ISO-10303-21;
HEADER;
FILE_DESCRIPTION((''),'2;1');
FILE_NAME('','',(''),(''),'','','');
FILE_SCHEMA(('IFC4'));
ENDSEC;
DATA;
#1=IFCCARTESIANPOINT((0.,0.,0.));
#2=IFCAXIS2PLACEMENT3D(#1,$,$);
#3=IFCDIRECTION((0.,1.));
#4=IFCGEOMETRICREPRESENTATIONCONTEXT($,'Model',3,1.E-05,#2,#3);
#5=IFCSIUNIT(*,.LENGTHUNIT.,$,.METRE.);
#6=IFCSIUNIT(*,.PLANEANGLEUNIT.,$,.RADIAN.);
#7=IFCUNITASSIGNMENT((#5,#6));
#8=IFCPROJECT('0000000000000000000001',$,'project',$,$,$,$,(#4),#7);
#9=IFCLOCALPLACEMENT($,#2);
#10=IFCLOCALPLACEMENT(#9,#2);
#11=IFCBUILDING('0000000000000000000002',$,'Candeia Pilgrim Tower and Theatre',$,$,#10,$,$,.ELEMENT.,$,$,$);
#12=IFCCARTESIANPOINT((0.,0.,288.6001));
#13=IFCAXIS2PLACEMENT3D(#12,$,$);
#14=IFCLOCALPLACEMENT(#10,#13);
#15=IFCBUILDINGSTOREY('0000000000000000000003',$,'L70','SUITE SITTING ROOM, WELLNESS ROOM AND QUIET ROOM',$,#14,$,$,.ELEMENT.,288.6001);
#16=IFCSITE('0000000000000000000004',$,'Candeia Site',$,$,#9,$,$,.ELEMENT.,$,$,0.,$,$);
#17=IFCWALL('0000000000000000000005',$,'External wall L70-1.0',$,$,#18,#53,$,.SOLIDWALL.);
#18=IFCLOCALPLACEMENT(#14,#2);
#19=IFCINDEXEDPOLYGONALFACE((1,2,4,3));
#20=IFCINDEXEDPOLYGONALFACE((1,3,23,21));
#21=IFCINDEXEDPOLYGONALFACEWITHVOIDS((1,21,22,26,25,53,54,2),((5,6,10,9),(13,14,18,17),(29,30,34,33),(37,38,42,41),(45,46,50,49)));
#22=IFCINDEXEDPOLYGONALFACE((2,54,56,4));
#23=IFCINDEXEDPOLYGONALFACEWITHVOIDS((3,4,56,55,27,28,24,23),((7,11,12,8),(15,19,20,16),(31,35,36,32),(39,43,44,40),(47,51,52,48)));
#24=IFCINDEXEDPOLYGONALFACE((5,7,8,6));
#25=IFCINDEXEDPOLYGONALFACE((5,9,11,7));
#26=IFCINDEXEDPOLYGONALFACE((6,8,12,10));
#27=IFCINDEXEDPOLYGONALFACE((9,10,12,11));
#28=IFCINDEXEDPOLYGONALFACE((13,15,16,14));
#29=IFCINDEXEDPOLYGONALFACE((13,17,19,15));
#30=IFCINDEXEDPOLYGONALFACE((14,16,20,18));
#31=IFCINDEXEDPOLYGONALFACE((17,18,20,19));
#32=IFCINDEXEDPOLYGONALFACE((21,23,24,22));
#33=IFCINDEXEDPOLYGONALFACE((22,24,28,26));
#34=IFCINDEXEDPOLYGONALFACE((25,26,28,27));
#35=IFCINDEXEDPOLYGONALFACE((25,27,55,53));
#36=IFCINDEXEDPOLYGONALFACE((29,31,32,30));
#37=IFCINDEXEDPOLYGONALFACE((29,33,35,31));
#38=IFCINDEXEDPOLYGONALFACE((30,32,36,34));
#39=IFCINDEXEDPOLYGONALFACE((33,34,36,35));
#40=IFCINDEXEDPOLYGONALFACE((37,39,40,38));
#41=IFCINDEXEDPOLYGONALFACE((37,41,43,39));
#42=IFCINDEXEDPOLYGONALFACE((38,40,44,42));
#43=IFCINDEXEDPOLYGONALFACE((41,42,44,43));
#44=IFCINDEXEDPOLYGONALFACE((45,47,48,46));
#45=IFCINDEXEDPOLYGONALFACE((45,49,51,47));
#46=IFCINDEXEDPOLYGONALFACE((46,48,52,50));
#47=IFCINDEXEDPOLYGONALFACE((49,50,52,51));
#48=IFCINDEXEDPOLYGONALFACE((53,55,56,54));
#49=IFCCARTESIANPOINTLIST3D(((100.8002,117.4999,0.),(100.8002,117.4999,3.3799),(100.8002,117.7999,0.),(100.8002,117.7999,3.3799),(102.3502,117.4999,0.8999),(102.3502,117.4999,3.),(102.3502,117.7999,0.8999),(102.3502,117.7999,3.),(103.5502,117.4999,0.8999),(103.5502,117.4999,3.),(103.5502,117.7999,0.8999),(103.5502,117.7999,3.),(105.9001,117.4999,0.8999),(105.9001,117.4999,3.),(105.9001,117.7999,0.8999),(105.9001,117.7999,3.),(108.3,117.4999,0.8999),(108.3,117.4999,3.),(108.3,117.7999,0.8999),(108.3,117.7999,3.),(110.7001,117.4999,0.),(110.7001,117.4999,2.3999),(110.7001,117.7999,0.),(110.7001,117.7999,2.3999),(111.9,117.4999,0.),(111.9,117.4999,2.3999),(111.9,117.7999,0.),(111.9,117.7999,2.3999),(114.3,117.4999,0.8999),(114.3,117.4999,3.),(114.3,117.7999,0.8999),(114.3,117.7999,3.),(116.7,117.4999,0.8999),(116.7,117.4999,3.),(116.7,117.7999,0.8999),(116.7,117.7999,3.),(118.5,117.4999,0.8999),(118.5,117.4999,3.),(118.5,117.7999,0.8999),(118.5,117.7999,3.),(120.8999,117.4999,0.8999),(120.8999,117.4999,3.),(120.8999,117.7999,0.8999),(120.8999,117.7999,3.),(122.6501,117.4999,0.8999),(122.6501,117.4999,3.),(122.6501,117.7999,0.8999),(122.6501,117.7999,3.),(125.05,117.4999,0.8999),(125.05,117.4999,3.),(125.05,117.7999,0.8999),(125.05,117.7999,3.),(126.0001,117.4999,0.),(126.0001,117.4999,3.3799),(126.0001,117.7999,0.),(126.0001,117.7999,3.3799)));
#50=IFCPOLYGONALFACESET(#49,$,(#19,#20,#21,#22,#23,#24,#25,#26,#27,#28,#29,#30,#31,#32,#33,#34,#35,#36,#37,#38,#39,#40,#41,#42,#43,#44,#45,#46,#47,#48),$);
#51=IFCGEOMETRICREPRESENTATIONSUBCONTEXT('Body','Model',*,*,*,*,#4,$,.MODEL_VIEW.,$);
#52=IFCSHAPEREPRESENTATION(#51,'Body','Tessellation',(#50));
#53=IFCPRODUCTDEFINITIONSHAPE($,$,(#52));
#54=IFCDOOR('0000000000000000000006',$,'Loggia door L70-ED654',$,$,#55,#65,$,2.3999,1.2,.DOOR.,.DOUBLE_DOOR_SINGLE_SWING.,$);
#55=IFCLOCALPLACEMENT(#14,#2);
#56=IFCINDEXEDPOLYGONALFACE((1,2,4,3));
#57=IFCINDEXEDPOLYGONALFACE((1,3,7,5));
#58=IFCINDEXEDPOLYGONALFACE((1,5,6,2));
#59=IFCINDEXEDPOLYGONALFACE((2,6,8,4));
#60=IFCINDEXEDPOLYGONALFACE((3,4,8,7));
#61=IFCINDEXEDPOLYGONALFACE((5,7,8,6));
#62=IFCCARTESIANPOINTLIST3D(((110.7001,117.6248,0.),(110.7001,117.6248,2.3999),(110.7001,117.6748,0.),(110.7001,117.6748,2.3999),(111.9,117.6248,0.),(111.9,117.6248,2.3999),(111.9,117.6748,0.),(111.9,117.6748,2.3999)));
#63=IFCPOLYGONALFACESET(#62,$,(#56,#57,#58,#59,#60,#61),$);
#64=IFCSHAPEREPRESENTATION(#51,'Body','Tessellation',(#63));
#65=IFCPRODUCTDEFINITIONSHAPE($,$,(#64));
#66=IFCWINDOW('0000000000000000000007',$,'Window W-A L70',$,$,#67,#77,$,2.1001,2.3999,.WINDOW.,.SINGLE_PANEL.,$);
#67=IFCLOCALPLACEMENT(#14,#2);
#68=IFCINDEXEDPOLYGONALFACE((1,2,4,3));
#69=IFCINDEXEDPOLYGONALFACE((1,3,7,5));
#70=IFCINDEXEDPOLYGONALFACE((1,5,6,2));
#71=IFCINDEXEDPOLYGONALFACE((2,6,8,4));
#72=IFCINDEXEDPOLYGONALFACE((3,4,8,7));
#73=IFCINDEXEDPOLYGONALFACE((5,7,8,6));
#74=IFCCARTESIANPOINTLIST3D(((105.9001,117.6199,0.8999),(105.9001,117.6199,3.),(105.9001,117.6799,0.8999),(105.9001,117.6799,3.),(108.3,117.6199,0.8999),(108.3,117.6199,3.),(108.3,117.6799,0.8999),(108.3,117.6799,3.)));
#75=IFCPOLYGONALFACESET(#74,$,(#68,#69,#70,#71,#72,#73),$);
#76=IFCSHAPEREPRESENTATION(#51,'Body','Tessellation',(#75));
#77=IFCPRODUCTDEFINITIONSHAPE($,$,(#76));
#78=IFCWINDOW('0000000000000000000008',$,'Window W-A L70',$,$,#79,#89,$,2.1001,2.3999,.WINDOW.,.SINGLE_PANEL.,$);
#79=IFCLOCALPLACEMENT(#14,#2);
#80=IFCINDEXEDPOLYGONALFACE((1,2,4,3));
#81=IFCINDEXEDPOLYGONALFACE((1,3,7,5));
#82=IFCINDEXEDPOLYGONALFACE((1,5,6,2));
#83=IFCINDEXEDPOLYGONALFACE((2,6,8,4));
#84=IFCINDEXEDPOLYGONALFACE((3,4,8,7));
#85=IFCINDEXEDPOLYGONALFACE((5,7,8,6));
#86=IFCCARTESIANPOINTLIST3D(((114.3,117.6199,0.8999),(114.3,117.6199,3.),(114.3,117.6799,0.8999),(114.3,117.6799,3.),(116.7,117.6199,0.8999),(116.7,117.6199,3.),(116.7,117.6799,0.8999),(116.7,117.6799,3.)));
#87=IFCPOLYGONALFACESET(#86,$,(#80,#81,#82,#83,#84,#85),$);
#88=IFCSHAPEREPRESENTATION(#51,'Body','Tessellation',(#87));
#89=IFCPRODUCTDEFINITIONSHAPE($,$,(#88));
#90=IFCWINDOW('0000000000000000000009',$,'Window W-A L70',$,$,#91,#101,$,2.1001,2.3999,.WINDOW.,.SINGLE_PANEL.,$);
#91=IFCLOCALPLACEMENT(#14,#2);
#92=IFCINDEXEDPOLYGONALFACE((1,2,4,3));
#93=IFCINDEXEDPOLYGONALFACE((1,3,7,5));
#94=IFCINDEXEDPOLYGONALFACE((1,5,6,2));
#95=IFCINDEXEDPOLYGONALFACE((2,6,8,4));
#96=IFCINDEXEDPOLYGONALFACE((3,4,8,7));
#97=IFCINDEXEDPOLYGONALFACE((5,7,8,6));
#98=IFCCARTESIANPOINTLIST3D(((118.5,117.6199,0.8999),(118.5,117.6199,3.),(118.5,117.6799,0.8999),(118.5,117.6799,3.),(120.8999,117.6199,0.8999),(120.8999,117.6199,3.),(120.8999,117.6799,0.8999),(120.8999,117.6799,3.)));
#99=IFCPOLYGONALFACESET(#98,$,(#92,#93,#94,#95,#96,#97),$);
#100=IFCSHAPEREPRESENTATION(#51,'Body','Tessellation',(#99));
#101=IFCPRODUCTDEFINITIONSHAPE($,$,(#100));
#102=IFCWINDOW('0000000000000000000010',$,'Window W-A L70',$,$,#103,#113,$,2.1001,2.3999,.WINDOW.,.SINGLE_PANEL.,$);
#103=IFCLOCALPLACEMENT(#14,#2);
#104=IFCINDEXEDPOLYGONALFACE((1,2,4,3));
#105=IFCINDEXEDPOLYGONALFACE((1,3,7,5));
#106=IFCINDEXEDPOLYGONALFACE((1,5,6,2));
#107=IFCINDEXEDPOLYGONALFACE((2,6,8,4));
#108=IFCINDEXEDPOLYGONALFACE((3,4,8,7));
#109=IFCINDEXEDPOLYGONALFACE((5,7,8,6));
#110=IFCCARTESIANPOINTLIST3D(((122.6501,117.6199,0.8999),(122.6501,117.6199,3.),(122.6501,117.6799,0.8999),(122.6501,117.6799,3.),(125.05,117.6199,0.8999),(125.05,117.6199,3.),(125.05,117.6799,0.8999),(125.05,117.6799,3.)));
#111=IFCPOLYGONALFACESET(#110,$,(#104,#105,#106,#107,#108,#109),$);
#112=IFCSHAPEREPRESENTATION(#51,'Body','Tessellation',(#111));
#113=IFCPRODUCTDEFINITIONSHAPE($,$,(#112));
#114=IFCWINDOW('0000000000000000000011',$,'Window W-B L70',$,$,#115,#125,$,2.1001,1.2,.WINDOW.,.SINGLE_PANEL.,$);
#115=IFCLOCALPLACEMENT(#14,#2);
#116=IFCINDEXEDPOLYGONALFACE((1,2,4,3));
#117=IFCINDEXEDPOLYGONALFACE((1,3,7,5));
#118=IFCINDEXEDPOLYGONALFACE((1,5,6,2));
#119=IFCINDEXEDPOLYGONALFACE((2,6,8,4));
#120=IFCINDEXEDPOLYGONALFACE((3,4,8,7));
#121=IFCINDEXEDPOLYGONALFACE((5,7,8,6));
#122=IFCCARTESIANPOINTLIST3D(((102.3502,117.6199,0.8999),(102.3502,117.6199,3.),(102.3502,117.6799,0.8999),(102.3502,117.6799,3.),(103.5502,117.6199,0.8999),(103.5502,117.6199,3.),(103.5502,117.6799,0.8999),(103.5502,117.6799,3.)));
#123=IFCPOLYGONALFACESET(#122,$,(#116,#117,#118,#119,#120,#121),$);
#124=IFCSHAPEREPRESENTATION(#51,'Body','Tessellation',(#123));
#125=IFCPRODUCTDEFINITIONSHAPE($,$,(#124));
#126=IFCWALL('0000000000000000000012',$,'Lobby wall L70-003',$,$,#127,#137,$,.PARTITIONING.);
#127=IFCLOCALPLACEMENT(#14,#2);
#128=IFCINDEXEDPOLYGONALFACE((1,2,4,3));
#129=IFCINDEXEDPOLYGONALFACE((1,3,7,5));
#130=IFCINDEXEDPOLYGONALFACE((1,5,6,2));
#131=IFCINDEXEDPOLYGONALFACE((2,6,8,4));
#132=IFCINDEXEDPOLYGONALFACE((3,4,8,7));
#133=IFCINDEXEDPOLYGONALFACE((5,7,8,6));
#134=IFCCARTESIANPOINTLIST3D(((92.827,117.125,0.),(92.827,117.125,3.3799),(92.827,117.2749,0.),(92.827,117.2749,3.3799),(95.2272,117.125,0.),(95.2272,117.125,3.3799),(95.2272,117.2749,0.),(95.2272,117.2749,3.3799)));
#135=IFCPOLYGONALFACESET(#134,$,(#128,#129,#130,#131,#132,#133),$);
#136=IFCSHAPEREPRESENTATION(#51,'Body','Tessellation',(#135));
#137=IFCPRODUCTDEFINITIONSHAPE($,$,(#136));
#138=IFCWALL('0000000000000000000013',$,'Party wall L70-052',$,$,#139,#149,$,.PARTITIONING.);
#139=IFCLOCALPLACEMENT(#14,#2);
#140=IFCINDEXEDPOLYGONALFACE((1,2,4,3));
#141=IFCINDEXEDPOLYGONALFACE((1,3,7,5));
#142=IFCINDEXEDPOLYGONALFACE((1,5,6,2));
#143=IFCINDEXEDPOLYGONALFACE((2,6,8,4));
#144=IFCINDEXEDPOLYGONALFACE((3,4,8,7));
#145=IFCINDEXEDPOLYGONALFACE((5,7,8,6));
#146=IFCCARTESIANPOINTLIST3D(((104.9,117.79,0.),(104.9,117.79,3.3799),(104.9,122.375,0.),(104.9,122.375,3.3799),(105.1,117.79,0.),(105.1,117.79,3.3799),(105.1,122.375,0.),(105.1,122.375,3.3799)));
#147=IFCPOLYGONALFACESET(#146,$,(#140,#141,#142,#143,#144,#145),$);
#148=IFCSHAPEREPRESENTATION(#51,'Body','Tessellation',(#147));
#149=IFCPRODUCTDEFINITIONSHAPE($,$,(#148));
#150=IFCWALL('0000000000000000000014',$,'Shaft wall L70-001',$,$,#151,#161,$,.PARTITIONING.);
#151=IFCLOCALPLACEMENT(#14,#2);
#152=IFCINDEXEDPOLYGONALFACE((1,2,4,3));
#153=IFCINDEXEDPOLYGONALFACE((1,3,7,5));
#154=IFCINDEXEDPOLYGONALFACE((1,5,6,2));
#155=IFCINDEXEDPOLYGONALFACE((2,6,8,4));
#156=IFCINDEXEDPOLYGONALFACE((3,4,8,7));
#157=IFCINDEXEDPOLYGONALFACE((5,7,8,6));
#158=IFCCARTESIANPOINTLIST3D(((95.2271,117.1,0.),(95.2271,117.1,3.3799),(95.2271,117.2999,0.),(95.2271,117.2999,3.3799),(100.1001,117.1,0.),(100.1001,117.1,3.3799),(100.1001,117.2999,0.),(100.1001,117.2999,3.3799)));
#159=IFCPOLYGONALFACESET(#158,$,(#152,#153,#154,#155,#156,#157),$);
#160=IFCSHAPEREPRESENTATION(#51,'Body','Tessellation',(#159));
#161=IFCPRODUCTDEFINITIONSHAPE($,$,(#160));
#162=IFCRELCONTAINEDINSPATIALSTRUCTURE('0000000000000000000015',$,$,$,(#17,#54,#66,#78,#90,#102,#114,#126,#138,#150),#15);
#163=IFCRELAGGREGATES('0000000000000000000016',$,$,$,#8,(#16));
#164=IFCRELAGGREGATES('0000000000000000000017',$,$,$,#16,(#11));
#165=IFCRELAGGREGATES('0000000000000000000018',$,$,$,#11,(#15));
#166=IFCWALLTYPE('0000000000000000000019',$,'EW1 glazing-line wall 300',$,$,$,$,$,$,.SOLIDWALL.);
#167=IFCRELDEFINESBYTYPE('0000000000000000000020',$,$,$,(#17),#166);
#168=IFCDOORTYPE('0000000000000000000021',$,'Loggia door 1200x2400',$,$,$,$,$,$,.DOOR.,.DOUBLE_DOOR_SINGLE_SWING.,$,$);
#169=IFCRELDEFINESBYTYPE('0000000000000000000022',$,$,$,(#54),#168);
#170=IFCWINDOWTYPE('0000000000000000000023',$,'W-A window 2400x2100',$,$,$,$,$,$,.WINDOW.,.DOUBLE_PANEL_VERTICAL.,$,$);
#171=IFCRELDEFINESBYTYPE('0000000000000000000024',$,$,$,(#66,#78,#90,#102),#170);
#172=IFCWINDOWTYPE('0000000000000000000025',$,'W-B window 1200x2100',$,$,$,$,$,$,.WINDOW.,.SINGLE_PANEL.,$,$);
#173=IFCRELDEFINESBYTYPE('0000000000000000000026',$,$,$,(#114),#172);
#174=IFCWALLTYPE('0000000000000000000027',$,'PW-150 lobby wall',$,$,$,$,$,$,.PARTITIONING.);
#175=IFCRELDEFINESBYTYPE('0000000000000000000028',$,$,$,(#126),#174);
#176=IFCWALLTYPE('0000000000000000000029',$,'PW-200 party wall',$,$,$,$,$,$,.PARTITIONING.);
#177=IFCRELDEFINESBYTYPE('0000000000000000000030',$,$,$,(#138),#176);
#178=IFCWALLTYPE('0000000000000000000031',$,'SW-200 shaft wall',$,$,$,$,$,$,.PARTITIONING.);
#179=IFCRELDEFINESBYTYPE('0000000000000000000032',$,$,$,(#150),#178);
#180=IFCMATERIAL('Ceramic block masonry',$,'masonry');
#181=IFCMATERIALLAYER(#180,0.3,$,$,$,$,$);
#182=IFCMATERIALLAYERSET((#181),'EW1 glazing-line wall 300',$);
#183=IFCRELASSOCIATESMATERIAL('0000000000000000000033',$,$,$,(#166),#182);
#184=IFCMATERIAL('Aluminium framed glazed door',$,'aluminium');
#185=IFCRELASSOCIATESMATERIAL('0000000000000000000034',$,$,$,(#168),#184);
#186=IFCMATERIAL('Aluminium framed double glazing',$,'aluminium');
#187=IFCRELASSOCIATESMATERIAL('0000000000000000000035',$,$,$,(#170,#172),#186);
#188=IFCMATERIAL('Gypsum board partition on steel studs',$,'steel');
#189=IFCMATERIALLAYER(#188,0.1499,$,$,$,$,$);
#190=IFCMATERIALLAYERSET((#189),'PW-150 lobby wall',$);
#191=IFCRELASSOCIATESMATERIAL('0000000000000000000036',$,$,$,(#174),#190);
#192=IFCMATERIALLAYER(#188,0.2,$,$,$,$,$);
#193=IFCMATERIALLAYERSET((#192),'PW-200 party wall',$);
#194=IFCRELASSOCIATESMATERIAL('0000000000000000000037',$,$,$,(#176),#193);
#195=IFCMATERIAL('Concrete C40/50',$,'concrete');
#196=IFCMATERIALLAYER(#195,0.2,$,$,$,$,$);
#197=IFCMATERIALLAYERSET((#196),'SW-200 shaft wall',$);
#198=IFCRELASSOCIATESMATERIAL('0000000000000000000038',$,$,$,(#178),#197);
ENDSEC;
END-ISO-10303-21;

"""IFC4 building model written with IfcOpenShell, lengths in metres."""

from ifc_helpers import new_model, si_unit, direction, frame, frame_2d, origin, place, context, subcontext, project, spatial, rectangle, extrude, material, layer, layer_set, type_object, element, fill, save


model = new_model("IFC4")

# Units and contexts
model_context = context("Model", 3, precision=1e-05, world=origin(), true_north=direction((0.0, 1.0)))
body_context = subcontext(model_context, "Body", "Model", "MODEL_VIEW")
ifc_project = project(units=[si_unit("LENGTHUNIT", "METRE"), si_unit("PLANEANGLEUNIT", "RADIAN")], contexts=[model_context])

# Site, building, storey
site_placement = place(None, origin())
site = spatial("IfcSite", under=ifc_project, at=site_placement, Name="Candeia Site", CompositionType="ELEMENT", RefElevation=0.0)
building_placement = place(site_placement, origin())
building = spatial("IfcBuilding", under=site, at=building_placement, Name="Candeia Pilgrim Tower and Theatre", CompositionType="ELEMENT")
storey_placement = place(building_placement, frame((0.0, 0.0, 288.6001)))
storey = spatial("IfcBuildingStorey", under=building, at=storey_placement, Name="L70", Description="SUITE SITTING ROOM, WELLNESS ROOM AND QUIET ROOM", CompositionType="ELEMENT", Elevation=288.6001)

# Shared definitions
ifc_material_1 = material(Name="Concrete C40/50", Category="concrete")

# Wall, openings, door, windows
ifc_material_2 = material(Name="Ceramic block masonry", Category="masonry")
ifc_layer_1 = layer(ifc_material_2, 0.3)
ifc_layer_set_1 = layer_set([ifc_layer_1], Name="EW1 glazing-line wall 300")
wall_type_1 = type_object("IfcWallType", Name="EW1 glazing-line wall 300", PredefinedType="SOLIDWALL", material=ifc_layer_set_1)
wall_1_placement = place(storey_placement, frame((100.8, 117.6499, 0.0), z_axis=(0.0, 0.0, 1.0), x_axis=(1.0, 0.0, 0.0)))
wall_1 = element("IfcWall", 1, at=wall_1_placement, inside=storey, type_object=wall_type_1, Name="External wall L70-1.0", PredefinedType="SOLIDWALL", context=body_context, shape_type="SweptSolid", body=[
    extrude(rectangle(XDim=25.2, YDim=0.3, at=frame_2d((12.6001, 0.0))), origin(), (0.0, 0.0, 1.0), 3.3799),
])
opening_1_placement = place(wall_1_placement, frame((1.55, 0.0, 0.8999)))
opening_1 = element("IfcOpeningElement", 2, at=opening_1_placement, cuts=wall_1, PredefinedType="OPENING", context=body_context, shape_type="SweptSolid", body=[
    extrude(rectangle(XDim=1.2, YDim=2.1001, at=frame_2d((0.6001, 1.05))), frame((0.0, 0.1602, 0.0), z_axis=(0.0, -1.0, 0.0), x_axis=(1.0, 0.0, 0.0)), (0.0, 0.0, 1.0), 0.3201),
])
opening_2_placement = place(wall_1_placement, frame((5.1001, 0.0, 0.8999)))
opening_2 = element("IfcOpeningElement", 3, at=opening_2_placement, cuts=wall_1, PredefinedType="OPENING", context=body_context, shape_type="SweptSolid", body=[
    extrude(rectangle(XDim=2.3999, YDim=2.1001, at=frame_2d((1.2, 1.05))), frame((0.0, 0.1602, 0.0), z_axis=(0.0, -1.0, 0.0), x_axis=(1.0, 0.0, 0.0)), (0.0, 0.0, 1.0), 0.3201),
])
opening_3_placement = place(wall_1_placement, frame((9.8999, 0.0, 0.0)))
opening_3 = element("IfcOpeningElement", 4, at=opening_3_placement, cuts=wall_1, PredefinedType="OPENING", context=body_context, shape_type="SweptSolid", body=[
    extrude(rectangle(XDim=1.2, YDim=2.3999, at=frame_2d((0.6001, 1.2))), frame((0.0, 0.1602, 0.0), z_axis=(0.0, -1.0, 0.0), x_axis=(1.0, 0.0, 0.0)), (0.0, 0.0, 1.0), 0.3201),
])
opening_4_placement = place(wall_1_placement, frame((13.5, 0.0, 0.8999)))
opening_4 = element("IfcOpeningElement", 5, at=opening_4_placement, cuts=wall_1, PredefinedType="OPENING", context=body_context, shape_type="SweptSolid", body=[
    extrude(rectangle(XDim=2.3999, YDim=2.1001, at=frame_2d((1.2, 1.05))), frame((0.0, 0.1602, 0.0), z_axis=(0.0, -1.0, 0.0), x_axis=(1.0, 0.0, 0.0)), (0.0, 0.0, 1.0), 0.3201),
])
opening_5_placement = place(wall_1_placement, frame((17.7, 0.0, 0.8999)))
opening_5 = element("IfcOpeningElement", 6, at=opening_5_placement, cuts=wall_1, PredefinedType="OPENING", context=body_context, shape_type="SweptSolid", body=[
    extrude(rectangle(XDim=2.3999, YDim=2.1001, at=frame_2d((1.2, 1.05))), frame((0.0, 0.1602, 0.0), z_axis=(0.0, -1.0, 0.0), x_axis=(1.0, 0.0, 0.0)), (0.0, 0.0, 1.0), 0.3201),
])
opening_6_placement = place(wall_1_placement, frame((21.8501, 0.0, 0.8999)))
opening_6 = element("IfcOpeningElement", 7, at=opening_6_placement, cuts=wall_1, PredefinedType="OPENING", context=body_context, shape_type="SweptSolid", body=[
    extrude(rectangle(XDim=2.3999, YDim=2.1001, at=frame_2d((1.2, 1.05))), frame((0.0, 0.1602, 0.0), z_axis=(0.0, -1.0, 0.0), x_axis=(1.0, 0.0, 0.0)), (0.0, 0.0, 1.0), 0.3201),
])
ifc_material_3 = material(Name="Aluminium framed glazed door", Category="aluminium")
door_type_1 = type_object("IfcDoorType", Name="Loggia door 1200x2400", OperationType="DOUBLE_DOOR_SINGLE_SWING", PredefinedType="DOOR", material=ifc_material_3)
door_1_placement = place(opening_3_placement, origin())
door_1 = element("IfcDoor", 8, at=door_1_placement, inside=storey, type_object=door_type_1, Name="Loggia door L70-ED654", OperationType="DOUBLE_DOOR_SINGLE_SWING", OverallHeight=2.3999, OverallWidth=1.2, PredefinedType="DOOR", context=body_context, shape_type="SweptSolid", body=[
    extrude(rectangle(XDim=1.2, YDim=2.3999, at=frame_2d((0.6001, 1.2))), frame((0.0, 0.0249, 0.0), z_axis=(0.0, -1.0, 0.0), x_axis=(1.0, 0.0, 0.0)), (0.0, 0.0, 1.0), 0.05),
])
fill(opening_3, door_1)
ifc_material_4 = material(Name="Aluminium framed double glazing", Category="aluminium")
window_type_1 = type_object("IfcWindowType", Name="W-A window 2400x2100", PartitioningType="DOUBLE_PANEL_VERTICAL", PredefinedType="WINDOW", material=ifc_material_4)
window_1_placement = place(opening_2_placement, origin())
window_1 = element("IfcWindow", 9, at=window_1_placement, inside=storey, type_object=window_type_1, Name="Window W-A L70", OverallHeight=2.1001, OverallWidth=2.3999, PartitioningType="SINGLE_PANEL", PredefinedType="WINDOW", context=body_context, shape_type="SweptSolid", body=[
    extrude(rectangle(XDim=2.3999, YDim=2.1001, at=frame_2d((1.2, 1.05))), frame((0.0, 0.03, 0.0), z_axis=(0.0, -1.0, 0.0), x_axis=(1.0, 0.0, 0.0)), (0.0, 0.0, 1.0), 0.0601),
])
fill(opening_2, window_1)
window_2_placement = place(opening_4_placement, origin())
window_2 = element("IfcWindow", 10, at=window_2_placement, inside=storey, type_object=window_type_1, Name="Window W-A L70", OverallHeight=2.1001, OverallWidth=2.3999, PartitioningType="SINGLE_PANEL", PredefinedType="WINDOW", context=body_context, shape_type="SweptSolid", body=[
    extrude(rectangle(XDim=2.3999, YDim=2.1001, at=frame_2d((1.2, 1.05))), frame((0.0, 0.03, 0.0), z_axis=(0.0, -1.0, 0.0), x_axis=(1.0, 0.0, 0.0)), (0.0, 0.0, 1.0), 0.0601),
])
fill(opening_4, window_2)
window_3_placement = place(opening_5_placement, origin())
window_3 = element("IfcWindow", 11, at=window_3_placement, inside=storey, type_object=window_type_1, Name="Window W-A L70", OverallHeight=2.1001, OverallWidth=2.3999, PartitioningType="SINGLE_PANEL", PredefinedType="WINDOW", context=body_context, shape_type="SweptSolid", body=[
    extrude(rectangle(XDim=2.3999, YDim=2.1001, at=frame_2d((1.2, 1.05))), frame((0.0, 0.03, 0.0), z_axis=(0.0, -1.0, 0.0), x_axis=(1.0, 0.0, 0.0)), (0.0, 0.0, 1.0), 0.0601),
])
fill(opening_5, window_3)
window_4_placement = place(opening_6_placement, origin())
window_4 = element("IfcWindow", 12, at=window_4_placement, inside=storey, type_object=window_type_1, Name="Window W-A L70", OverallHeight=2.1001, OverallWidth=2.3999, PartitioningType="SINGLE_PANEL", PredefinedType="WINDOW", context=body_context, shape_type="SweptSolid", body=[
    extrude(rectangle(XDim=2.3999, YDim=2.1001, at=frame_2d((1.2, 1.05))), frame((0.0, 0.03, 0.0), z_axis=(0.0, -1.0, 0.0), x_axis=(1.0, 0.0, 0.0)), (0.0, 0.0, 1.0), 0.0601),
])
fill(opening_6, window_4)
window_type_2 = type_object("IfcWindowType", Name="W-B window 1200x2100", PartitioningType="SINGLE_PANEL", PredefinedType="WINDOW", material=ifc_material_4)
window_5_placement = place(opening_1_placement, origin())
window_5 = element("IfcWindow", 13, at=window_5_placement, inside=storey, type_object=window_type_2, Name="Window W-B L70", OverallHeight=2.1001, OverallWidth=1.2, PartitioningType="SINGLE_PANEL", PredefinedType="WINDOW", context=body_context, shape_type="SweptSolid", body=[
    extrude(rectangle(XDim=1.2, YDim=2.1001, at=frame_2d((0.6001, 1.05))), frame((0.0, 0.03, 0.0), z_axis=(0.0, -1.0, 0.0), x_axis=(1.0, 0.0, 0.0)), (0.0, 0.0, 1.0), 0.0601),
])
fill(opening_1, window_5)

# Walls
ifc_material_5 = material(Name="Gypsum board partition on steel studs", Category="steel")
ifc_layer_2 = layer(ifc_material_5, 0.1499)
ifc_layer_set_2 = layer_set([ifc_layer_2], Name="PW-150 lobby wall")
wall_type_2 = type_object("IfcWallType", Name="PW-150 lobby wall", PredefinedType="PARTITIONING", material=ifc_layer_set_2)
wall_2_placement = place(storey_placement, frame((92.8269, 117.2, 0.0), z_axis=(0.0, 0.0, 1.0), x_axis=(1.0, 0.0, 0.0)))
element("IfcWall", 14, at=wall_2_placement, inside=storey, type_object=wall_type_2, Name="Lobby wall L70-003", PredefinedType="PARTITIONING", context=body_context, shape_type="SweptSolid", body=[
    extrude(rectangle(XDim=2.4001, YDim=0.1499, at=frame_2d((1.2002, 0.0))), origin(), (0.0, 0.0, 1.0), 3.3799),
])
ifc_layer_3 = layer(ifc_material_5, 0.2)
ifc_layer_set_3 = layer_set([ifc_layer_3], Name="PW-200 party wall")
wall_type_3 = type_object("IfcWallType", Name="PW-200 party wall", PredefinedType="PARTITIONING", material=ifc_layer_set_3)
wall_3_placement = place(storey_placement, frame((105.0, 117.79, 0.0), z_axis=(0.0, 0.0, 1.0), x_axis=(0.0, 1.0, 0.0)))
element("IfcWall", 15, at=wall_3_placement, inside=storey, type_object=wall_type_3, Name="Party wall L70-052", PredefinedType="PARTITIONING", context=body_context, shape_type="SweptSolid", body=[
    extrude(rectangle(XDim=4.585, YDim=0.2, at=frame_2d((2.2925, 0.0))), origin(), (0.0, 0.0, 1.0), 3.3799),
])
ifc_layer_4 = layer(ifc_material_1, 0.2)
ifc_layer_set_4 = layer_set([ifc_layer_4], Name="SW-200 shaft wall")
wall_type_4 = type_object("IfcWallType", Name="SW-200 shaft wall", PredefinedType="PARTITIONING", material=ifc_layer_set_4)
wall_4_placement = place(storey_placement, frame((95.2271, 117.2, 0.0), z_axis=(0.0, 0.0, 1.0), x_axis=(1.0, 0.0, 0.0)))
element("IfcWall", 16, at=wall_4_placement, inside=storey, type_object=wall_type_4, Name="Shaft wall L70-001", PredefinedType="PARTITIONING", context=body_context, shape_type="SweptSolid", body=[
    extrude(rectangle(XDim=4.873, YDim=0.2, at=frame_2d((2.4365, 0.0))), origin(), (0.0, 0.0, 1.0), 3.3799),
])

save(model, "model.ifc")
